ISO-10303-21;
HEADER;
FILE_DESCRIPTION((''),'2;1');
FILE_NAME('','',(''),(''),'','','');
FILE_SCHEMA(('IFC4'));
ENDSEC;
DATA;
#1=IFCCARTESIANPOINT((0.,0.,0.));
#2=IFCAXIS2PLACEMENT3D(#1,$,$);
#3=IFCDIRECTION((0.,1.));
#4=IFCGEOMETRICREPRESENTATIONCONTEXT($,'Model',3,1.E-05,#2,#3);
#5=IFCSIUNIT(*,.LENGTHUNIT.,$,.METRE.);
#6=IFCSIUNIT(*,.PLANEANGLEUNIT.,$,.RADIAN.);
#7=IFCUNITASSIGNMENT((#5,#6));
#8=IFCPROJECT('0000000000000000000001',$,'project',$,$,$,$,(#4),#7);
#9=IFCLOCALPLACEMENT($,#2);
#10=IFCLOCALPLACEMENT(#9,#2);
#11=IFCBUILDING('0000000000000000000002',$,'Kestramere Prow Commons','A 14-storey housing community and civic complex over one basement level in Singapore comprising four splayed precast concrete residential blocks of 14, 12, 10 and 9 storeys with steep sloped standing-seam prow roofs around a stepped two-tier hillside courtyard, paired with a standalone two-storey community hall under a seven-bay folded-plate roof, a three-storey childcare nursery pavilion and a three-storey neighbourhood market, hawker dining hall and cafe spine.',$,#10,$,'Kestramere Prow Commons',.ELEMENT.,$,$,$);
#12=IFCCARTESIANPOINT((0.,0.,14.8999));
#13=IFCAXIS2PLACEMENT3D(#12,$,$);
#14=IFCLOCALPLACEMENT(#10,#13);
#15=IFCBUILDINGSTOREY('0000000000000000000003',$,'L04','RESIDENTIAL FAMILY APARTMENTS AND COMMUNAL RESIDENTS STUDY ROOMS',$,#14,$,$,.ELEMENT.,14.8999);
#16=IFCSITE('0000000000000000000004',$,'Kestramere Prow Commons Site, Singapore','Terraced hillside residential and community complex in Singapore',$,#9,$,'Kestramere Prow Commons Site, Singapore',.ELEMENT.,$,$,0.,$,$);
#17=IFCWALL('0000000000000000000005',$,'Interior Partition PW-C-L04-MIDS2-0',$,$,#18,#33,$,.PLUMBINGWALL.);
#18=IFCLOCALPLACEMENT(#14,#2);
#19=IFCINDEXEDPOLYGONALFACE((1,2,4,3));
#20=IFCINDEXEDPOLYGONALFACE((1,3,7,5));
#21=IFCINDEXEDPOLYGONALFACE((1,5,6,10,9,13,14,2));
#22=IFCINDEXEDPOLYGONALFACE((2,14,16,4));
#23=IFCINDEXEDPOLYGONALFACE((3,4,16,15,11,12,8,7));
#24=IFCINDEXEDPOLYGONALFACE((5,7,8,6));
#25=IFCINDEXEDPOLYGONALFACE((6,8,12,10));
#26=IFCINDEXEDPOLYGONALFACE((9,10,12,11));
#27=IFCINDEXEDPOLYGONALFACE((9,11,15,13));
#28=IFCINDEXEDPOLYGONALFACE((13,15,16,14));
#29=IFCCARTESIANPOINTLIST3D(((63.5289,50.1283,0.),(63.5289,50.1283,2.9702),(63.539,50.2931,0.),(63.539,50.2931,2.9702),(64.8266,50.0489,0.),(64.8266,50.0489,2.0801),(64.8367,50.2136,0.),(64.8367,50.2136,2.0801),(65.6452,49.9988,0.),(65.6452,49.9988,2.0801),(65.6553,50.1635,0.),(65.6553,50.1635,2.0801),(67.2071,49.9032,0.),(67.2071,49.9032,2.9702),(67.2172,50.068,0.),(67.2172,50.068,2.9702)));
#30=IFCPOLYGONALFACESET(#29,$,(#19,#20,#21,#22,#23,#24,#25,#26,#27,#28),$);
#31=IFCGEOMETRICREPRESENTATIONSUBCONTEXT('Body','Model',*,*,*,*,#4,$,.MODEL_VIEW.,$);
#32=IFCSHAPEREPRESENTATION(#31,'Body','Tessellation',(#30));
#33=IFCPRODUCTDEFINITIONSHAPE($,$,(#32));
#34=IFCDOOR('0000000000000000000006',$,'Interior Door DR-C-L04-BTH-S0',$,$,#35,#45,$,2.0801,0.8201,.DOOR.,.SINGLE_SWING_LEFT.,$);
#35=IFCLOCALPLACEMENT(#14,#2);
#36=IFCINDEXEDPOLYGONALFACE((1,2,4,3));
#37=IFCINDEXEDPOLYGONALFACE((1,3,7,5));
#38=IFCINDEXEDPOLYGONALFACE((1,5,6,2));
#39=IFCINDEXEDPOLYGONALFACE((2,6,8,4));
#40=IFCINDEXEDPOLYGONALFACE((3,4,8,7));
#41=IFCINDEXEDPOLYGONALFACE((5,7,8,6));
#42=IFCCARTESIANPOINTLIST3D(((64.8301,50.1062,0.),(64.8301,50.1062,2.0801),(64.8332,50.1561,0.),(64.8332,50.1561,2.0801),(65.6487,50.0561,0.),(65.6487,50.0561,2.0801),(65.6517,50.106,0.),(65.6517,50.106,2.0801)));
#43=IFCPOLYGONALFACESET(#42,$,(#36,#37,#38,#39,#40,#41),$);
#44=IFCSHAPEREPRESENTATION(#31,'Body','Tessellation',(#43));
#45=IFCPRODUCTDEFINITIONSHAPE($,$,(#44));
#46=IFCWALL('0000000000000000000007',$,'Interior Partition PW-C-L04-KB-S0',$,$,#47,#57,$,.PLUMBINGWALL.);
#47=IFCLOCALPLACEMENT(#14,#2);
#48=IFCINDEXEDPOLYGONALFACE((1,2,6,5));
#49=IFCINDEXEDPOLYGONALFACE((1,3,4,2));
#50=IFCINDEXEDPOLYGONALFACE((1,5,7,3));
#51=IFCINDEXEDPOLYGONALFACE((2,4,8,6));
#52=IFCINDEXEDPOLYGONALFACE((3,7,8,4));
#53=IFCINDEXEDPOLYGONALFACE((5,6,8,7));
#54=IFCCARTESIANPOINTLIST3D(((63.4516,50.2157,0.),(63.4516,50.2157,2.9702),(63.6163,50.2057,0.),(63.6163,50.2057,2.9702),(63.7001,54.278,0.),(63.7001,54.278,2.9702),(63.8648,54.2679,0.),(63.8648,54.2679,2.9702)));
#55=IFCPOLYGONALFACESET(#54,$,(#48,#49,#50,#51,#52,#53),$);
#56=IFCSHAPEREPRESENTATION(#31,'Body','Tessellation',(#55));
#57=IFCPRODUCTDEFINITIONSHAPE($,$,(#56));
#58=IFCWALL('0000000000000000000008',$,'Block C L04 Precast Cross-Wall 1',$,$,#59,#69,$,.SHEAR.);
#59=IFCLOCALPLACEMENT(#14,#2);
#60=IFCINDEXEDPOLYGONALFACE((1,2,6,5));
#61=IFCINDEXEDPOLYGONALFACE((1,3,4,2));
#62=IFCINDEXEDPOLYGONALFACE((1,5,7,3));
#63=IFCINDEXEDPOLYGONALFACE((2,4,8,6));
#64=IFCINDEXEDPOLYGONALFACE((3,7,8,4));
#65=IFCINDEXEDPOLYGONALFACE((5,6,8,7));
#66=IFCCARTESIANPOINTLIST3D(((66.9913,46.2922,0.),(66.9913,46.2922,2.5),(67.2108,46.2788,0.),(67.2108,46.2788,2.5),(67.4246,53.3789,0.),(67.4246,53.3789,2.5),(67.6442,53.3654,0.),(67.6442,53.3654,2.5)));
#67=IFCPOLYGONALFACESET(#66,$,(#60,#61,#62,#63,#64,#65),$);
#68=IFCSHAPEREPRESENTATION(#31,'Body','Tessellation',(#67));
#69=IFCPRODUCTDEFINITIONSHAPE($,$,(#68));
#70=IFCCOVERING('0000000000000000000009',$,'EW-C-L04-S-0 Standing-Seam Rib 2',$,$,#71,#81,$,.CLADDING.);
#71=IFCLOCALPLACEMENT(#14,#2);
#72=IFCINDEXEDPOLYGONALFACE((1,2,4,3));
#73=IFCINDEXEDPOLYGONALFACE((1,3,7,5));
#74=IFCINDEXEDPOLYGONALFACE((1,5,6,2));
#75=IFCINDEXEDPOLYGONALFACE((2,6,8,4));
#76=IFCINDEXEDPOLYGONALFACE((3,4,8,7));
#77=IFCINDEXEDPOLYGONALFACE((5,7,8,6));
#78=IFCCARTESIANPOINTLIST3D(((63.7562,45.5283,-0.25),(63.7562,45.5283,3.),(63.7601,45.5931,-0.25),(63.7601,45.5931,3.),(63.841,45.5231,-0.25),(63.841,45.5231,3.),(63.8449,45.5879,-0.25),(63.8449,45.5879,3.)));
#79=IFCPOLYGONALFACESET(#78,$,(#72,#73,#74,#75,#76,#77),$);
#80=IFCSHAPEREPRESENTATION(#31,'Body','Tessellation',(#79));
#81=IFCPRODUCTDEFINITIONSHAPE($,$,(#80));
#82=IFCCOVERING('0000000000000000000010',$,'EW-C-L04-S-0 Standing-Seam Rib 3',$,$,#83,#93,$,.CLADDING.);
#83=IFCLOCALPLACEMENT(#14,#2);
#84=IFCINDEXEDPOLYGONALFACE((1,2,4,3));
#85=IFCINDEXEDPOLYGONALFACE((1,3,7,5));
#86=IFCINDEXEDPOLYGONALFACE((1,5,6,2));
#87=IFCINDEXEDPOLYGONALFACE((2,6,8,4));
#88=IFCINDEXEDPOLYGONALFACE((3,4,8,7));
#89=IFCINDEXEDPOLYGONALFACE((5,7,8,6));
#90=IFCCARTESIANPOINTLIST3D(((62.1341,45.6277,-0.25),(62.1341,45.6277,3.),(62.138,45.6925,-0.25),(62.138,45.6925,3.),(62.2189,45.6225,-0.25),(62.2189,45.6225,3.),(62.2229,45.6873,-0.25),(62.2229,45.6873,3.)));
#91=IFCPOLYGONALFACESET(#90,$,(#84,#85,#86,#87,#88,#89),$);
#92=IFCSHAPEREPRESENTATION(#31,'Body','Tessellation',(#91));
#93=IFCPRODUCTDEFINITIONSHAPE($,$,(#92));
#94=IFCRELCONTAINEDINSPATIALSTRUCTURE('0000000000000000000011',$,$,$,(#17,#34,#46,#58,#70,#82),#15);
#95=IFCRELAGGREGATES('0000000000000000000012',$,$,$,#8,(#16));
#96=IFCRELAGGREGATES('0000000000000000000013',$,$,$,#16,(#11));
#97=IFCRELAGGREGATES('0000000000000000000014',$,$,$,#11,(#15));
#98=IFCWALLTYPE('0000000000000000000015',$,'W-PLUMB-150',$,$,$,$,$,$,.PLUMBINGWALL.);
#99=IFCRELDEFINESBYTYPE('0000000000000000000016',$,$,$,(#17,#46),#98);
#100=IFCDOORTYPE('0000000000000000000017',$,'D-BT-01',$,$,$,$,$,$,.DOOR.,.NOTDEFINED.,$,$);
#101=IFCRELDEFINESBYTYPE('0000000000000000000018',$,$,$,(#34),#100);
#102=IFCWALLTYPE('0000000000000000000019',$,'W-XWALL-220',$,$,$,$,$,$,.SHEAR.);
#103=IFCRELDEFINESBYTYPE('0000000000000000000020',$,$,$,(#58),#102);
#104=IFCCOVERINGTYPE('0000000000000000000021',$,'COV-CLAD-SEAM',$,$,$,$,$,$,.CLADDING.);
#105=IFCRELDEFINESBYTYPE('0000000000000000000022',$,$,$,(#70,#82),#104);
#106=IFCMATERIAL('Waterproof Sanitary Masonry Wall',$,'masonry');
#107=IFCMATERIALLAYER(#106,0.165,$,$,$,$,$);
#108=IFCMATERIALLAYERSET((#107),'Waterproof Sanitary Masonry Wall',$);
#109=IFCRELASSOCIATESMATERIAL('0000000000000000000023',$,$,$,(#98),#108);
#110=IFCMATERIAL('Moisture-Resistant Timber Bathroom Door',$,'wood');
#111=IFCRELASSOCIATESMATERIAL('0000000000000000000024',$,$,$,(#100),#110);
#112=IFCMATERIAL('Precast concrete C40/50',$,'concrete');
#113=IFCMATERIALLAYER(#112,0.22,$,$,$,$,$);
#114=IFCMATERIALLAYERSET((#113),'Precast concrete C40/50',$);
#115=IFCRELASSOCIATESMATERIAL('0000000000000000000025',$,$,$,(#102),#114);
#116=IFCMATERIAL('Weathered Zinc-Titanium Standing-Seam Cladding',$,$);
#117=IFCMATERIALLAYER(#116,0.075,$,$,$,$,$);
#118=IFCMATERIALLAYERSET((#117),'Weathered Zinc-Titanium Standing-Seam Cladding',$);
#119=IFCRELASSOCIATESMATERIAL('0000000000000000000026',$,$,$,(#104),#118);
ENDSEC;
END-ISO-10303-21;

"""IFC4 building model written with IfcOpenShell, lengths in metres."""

from ifc_helpers import new_model, si_unit, direction, frame, frame_2d, origin, origin_2d, place, context, subcontext, project, spatial, rectangle, extrude, material, layer, layer_set, type_object, element, fill, save


model = new_model("IFC4")

# Units and contexts
model_context = context("Model", 3, precision=1e-05, world=origin(), true_north=direction((0.0, 1.0)))
body_context = subcontext(model_context, "Body", "Model", "MODEL_VIEW")
ifc_project = project(units=[si_unit("LENGTHUNIT", "METRE"), si_unit("PLANEANGLEUNIT", "RADIAN")], contexts=[model_context])

# Site, building, storey
site_placement = place(None, origin())
site = spatial("IfcSite", under=ifc_project, at=site_placement, Name="Kestramere Prow Commons Site, Singapore", Description="Terraced hillside residential and community complex in Singapore", LongName="Kestramere Prow Commons Site, Singapore", CompositionType="ELEMENT", RefElevation=0.0)
building_placement = place(site_placement, origin())
building = spatial("IfcBuilding", under=site, at=building_placement, Name="Kestramere Prow Commons", Description="A 14-storey housing community and civic complex over one basement level in Singapore comprising four splayed precast concrete residential blocks of 14, 12, 10 and 9 storeys with steep sloped standing-seam prow roofs around a stepped two-tier hillside courtyard, paired with a standalone two-storey community hall under a seven-bay folded-plate roof, a three-storey childcare nursery pavilion and a three-storey neighbourhood market, hawker dining hall and cafe spine.", LongName="Kestramere Prow Commons", CompositionType="ELEMENT")
storey_placement = place(building_placement, frame((0.0, 0.0, 14.8999)))
storey = spatial("IfcBuildingStorey", under=building, at=storey_placement, Name="L04", Description="RESIDENTIAL FAMILY APARTMENTS AND COMMUNAL RESIDENTS STUDY ROOMS", CompositionType="ELEMENT", Elevation=14.8999)

# Shared definitions
ifc_material_1 = material(Name="Precast concrete C40/50", Category="concrete")

# Wall, opening, door
ifc_material_2 = material(Name="Waterproof Sanitary Masonry Wall", Category="masonry")
ifc_layer_1 = layer(ifc_material_2, 0.165)
ifc_layer_set_1 = layer_set([ifc_layer_1], Name="Waterproof Sanitary Masonry Wall")
wall_type_1 = type_object("IfcWallType", Name="W-PLUMB-150", PredefinedType="PLUMBINGWALL", material=ifc_layer_set_1)
wall_1_placement = place(storey_placement, frame((63.5339, 50.2107, 0.0), z_axis=(0.0, 0.0, 1.0), x_axis=(0.998133, -0.061083, 0.0)))
wall_1 = element("IfcWall", 1, at=wall_1_placement, inside=storey, type_object=wall_type_1, Name="Interior Partition PW-C-L04-MIDS2-0", PredefinedType="PLUMBINGWALL", context=body_context, shape_type="SweptSolid", body=[
    extrude(rectangle(XDim=3.6851, YDim=0.165, at=frame_2d((1.8425, 0.0))), origin(), (0.0, 0.0, 1.0), 2.9702),
])
opening_1_placement = place(wall_1_placement, frame((1.3, 0.0, 0.0)))
opening_1 = element("IfcOpeningElement", 2, at=opening_1_placement, cuts=wall_1, PredefinedType="OPENING", context=body_context, shape_type="SweptSolid", body=[
    extrude(rectangle(XDim=0.8201, YDim=2.0801, at=frame_2d((0.4102, 1.04))), frame((0.0, 0.0974, 0.0), z_axis=(0.0, -1.0, 0.0), x_axis=(1.0, 0.0, 0.0)), (0.0, 0.0, 1.0), 0.1951),
])
ifc_material_3 = material(Name="Moisture-Resistant Timber Bathroom Door", Category="wood")
door_type_1 = type_object("IfcDoorType", Name="D-BT-01", OperationType="NOTDEFINED", PredefinedType="DOOR", material=ifc_material_3)
door_1_placement = place(opening_1_placement, origin())
door_1 = element("IfcDoor", 3, at=door_1_placement, inside=storey, type_object=door_type_1, Name="Interior Door DR-C-L04-BTH-S0", OperationType="SINGLE_SWING_LEFT", OverallHeight=2.0801, OverallWidth=0.8201, PredefinedType="DOOR", context=body_context, shape_type="SweptSolid", body=[
    extrude(rectangle(XDim=0.8201, YDim=2.0801, at=frame_2d((0.4102, 1.04))), frame((0.0, 0.0249, 0.0), z_axis=(0.0, -1.0, 0.0), x_axis=(1.0, 0.0, 0.0)), (0.0, 0.0, 1.0), 0.05),
])
fill(opening_1, door_1)

# Walls
wall_2_placement = place(storey_placement, frame((63.5339, 50.2107, 0.0), z_axis=(0.0, 0.0, 1.0), x_axis=(0.061067, 0.998134, 0.0)))
element("IfcWall", 4, at=wall_2_placement, inside=storey, type_object=wall_type_1, Name="Interior Partition PW-C-L04-KB-S0", PredefinedType="PLUMBINGWALL", context=body_context, shape_type="SweptSolid", body=[
    extrude(rectangle(XDim=4.0698, YDim=0.165, at=frame_2d((2.0349, 0.0))), origin(), (0.0, 0.0, 1.0), 2.9702),
])
ifc_layer_2 = layer(ifc_material_1, 0.22)
ifc_layer_set_2 = layer_set([ifc_layer_2], Name="Precast concrete C40/50")
wall_type_2 = type_object("IfcWallType", Name="W-XWALL-220", PredefinedType="SHEAR", material=ifc_layer_set_2)
wall_3_placement = place(storey_placement, frame((67.1011, 46.2856, 0.0), z_axis=(0.0, 0.0, 1.0), x_axis=(0.061036, 0.998136, 0.0)))
element("IfcWall", 5, at=wall_3_placement, inside=storey, type_object=wall_type_2, Name="Block C L04 Precast Cross-Wall 1", PredefinedType="SHEAR", context=body_context, shape_type="SweptSolid", body=[
    extrude(rectangle(XDim=7.0999, YDim=0.22, at=frame_2d((3.5498, 0.0))), origin(), (0.0, 0.0, 1.0), 2.5),
])

# Coverings
ifc_material_4 = material(Name="Weathered Zinc-Titanium Standing-Seam Cladding")
ifc_layer_3 = layer(ifc_material_4, 0.075)
ifc_layer_set_3 = layer_set([ifc_layer_3], Name="Weathered Zinc-Titanium Standing-Seam Cladding")
covering_type = type_object("IfcCoveringType", Name="COV-CLAD-SEAM", PredefinedType="CLADDING", material=ifc_layer_set_3)
for number, where, z_axis, x_axis, name in (
    (6, (63.8005, 45.5581, -0.25), (0.0, 0.0, 1.0), (-0.998135, 0.061049, 0.0), "EW-C-L04-S-0 Standing-Seam Rib 2"),
    (7, (62.1785, 45.6575, -0.25), (0.0, 0.0, 1.0), (-0.998135, 0.061049, 0.0), "EW-C-L04-S-0 Standing-Seam Rib 3"),
):
    element("IfcCovering", number, at=place(storey_placement, frame(where, z_axis=z_axis, x_axis=x_axis)), inside=storey, type_object=covering_type, Name=name, PredefinedType="CLADDING", context=body_context, shape_type="SweptSolid", body=[
        extrude(rectangle(XDim=0.085, YDim=0.0649, at=origin_2d()), origin(), (0.0, 0.0, 1.0), 3.25),
    ])

save(model, "model.ifc")
